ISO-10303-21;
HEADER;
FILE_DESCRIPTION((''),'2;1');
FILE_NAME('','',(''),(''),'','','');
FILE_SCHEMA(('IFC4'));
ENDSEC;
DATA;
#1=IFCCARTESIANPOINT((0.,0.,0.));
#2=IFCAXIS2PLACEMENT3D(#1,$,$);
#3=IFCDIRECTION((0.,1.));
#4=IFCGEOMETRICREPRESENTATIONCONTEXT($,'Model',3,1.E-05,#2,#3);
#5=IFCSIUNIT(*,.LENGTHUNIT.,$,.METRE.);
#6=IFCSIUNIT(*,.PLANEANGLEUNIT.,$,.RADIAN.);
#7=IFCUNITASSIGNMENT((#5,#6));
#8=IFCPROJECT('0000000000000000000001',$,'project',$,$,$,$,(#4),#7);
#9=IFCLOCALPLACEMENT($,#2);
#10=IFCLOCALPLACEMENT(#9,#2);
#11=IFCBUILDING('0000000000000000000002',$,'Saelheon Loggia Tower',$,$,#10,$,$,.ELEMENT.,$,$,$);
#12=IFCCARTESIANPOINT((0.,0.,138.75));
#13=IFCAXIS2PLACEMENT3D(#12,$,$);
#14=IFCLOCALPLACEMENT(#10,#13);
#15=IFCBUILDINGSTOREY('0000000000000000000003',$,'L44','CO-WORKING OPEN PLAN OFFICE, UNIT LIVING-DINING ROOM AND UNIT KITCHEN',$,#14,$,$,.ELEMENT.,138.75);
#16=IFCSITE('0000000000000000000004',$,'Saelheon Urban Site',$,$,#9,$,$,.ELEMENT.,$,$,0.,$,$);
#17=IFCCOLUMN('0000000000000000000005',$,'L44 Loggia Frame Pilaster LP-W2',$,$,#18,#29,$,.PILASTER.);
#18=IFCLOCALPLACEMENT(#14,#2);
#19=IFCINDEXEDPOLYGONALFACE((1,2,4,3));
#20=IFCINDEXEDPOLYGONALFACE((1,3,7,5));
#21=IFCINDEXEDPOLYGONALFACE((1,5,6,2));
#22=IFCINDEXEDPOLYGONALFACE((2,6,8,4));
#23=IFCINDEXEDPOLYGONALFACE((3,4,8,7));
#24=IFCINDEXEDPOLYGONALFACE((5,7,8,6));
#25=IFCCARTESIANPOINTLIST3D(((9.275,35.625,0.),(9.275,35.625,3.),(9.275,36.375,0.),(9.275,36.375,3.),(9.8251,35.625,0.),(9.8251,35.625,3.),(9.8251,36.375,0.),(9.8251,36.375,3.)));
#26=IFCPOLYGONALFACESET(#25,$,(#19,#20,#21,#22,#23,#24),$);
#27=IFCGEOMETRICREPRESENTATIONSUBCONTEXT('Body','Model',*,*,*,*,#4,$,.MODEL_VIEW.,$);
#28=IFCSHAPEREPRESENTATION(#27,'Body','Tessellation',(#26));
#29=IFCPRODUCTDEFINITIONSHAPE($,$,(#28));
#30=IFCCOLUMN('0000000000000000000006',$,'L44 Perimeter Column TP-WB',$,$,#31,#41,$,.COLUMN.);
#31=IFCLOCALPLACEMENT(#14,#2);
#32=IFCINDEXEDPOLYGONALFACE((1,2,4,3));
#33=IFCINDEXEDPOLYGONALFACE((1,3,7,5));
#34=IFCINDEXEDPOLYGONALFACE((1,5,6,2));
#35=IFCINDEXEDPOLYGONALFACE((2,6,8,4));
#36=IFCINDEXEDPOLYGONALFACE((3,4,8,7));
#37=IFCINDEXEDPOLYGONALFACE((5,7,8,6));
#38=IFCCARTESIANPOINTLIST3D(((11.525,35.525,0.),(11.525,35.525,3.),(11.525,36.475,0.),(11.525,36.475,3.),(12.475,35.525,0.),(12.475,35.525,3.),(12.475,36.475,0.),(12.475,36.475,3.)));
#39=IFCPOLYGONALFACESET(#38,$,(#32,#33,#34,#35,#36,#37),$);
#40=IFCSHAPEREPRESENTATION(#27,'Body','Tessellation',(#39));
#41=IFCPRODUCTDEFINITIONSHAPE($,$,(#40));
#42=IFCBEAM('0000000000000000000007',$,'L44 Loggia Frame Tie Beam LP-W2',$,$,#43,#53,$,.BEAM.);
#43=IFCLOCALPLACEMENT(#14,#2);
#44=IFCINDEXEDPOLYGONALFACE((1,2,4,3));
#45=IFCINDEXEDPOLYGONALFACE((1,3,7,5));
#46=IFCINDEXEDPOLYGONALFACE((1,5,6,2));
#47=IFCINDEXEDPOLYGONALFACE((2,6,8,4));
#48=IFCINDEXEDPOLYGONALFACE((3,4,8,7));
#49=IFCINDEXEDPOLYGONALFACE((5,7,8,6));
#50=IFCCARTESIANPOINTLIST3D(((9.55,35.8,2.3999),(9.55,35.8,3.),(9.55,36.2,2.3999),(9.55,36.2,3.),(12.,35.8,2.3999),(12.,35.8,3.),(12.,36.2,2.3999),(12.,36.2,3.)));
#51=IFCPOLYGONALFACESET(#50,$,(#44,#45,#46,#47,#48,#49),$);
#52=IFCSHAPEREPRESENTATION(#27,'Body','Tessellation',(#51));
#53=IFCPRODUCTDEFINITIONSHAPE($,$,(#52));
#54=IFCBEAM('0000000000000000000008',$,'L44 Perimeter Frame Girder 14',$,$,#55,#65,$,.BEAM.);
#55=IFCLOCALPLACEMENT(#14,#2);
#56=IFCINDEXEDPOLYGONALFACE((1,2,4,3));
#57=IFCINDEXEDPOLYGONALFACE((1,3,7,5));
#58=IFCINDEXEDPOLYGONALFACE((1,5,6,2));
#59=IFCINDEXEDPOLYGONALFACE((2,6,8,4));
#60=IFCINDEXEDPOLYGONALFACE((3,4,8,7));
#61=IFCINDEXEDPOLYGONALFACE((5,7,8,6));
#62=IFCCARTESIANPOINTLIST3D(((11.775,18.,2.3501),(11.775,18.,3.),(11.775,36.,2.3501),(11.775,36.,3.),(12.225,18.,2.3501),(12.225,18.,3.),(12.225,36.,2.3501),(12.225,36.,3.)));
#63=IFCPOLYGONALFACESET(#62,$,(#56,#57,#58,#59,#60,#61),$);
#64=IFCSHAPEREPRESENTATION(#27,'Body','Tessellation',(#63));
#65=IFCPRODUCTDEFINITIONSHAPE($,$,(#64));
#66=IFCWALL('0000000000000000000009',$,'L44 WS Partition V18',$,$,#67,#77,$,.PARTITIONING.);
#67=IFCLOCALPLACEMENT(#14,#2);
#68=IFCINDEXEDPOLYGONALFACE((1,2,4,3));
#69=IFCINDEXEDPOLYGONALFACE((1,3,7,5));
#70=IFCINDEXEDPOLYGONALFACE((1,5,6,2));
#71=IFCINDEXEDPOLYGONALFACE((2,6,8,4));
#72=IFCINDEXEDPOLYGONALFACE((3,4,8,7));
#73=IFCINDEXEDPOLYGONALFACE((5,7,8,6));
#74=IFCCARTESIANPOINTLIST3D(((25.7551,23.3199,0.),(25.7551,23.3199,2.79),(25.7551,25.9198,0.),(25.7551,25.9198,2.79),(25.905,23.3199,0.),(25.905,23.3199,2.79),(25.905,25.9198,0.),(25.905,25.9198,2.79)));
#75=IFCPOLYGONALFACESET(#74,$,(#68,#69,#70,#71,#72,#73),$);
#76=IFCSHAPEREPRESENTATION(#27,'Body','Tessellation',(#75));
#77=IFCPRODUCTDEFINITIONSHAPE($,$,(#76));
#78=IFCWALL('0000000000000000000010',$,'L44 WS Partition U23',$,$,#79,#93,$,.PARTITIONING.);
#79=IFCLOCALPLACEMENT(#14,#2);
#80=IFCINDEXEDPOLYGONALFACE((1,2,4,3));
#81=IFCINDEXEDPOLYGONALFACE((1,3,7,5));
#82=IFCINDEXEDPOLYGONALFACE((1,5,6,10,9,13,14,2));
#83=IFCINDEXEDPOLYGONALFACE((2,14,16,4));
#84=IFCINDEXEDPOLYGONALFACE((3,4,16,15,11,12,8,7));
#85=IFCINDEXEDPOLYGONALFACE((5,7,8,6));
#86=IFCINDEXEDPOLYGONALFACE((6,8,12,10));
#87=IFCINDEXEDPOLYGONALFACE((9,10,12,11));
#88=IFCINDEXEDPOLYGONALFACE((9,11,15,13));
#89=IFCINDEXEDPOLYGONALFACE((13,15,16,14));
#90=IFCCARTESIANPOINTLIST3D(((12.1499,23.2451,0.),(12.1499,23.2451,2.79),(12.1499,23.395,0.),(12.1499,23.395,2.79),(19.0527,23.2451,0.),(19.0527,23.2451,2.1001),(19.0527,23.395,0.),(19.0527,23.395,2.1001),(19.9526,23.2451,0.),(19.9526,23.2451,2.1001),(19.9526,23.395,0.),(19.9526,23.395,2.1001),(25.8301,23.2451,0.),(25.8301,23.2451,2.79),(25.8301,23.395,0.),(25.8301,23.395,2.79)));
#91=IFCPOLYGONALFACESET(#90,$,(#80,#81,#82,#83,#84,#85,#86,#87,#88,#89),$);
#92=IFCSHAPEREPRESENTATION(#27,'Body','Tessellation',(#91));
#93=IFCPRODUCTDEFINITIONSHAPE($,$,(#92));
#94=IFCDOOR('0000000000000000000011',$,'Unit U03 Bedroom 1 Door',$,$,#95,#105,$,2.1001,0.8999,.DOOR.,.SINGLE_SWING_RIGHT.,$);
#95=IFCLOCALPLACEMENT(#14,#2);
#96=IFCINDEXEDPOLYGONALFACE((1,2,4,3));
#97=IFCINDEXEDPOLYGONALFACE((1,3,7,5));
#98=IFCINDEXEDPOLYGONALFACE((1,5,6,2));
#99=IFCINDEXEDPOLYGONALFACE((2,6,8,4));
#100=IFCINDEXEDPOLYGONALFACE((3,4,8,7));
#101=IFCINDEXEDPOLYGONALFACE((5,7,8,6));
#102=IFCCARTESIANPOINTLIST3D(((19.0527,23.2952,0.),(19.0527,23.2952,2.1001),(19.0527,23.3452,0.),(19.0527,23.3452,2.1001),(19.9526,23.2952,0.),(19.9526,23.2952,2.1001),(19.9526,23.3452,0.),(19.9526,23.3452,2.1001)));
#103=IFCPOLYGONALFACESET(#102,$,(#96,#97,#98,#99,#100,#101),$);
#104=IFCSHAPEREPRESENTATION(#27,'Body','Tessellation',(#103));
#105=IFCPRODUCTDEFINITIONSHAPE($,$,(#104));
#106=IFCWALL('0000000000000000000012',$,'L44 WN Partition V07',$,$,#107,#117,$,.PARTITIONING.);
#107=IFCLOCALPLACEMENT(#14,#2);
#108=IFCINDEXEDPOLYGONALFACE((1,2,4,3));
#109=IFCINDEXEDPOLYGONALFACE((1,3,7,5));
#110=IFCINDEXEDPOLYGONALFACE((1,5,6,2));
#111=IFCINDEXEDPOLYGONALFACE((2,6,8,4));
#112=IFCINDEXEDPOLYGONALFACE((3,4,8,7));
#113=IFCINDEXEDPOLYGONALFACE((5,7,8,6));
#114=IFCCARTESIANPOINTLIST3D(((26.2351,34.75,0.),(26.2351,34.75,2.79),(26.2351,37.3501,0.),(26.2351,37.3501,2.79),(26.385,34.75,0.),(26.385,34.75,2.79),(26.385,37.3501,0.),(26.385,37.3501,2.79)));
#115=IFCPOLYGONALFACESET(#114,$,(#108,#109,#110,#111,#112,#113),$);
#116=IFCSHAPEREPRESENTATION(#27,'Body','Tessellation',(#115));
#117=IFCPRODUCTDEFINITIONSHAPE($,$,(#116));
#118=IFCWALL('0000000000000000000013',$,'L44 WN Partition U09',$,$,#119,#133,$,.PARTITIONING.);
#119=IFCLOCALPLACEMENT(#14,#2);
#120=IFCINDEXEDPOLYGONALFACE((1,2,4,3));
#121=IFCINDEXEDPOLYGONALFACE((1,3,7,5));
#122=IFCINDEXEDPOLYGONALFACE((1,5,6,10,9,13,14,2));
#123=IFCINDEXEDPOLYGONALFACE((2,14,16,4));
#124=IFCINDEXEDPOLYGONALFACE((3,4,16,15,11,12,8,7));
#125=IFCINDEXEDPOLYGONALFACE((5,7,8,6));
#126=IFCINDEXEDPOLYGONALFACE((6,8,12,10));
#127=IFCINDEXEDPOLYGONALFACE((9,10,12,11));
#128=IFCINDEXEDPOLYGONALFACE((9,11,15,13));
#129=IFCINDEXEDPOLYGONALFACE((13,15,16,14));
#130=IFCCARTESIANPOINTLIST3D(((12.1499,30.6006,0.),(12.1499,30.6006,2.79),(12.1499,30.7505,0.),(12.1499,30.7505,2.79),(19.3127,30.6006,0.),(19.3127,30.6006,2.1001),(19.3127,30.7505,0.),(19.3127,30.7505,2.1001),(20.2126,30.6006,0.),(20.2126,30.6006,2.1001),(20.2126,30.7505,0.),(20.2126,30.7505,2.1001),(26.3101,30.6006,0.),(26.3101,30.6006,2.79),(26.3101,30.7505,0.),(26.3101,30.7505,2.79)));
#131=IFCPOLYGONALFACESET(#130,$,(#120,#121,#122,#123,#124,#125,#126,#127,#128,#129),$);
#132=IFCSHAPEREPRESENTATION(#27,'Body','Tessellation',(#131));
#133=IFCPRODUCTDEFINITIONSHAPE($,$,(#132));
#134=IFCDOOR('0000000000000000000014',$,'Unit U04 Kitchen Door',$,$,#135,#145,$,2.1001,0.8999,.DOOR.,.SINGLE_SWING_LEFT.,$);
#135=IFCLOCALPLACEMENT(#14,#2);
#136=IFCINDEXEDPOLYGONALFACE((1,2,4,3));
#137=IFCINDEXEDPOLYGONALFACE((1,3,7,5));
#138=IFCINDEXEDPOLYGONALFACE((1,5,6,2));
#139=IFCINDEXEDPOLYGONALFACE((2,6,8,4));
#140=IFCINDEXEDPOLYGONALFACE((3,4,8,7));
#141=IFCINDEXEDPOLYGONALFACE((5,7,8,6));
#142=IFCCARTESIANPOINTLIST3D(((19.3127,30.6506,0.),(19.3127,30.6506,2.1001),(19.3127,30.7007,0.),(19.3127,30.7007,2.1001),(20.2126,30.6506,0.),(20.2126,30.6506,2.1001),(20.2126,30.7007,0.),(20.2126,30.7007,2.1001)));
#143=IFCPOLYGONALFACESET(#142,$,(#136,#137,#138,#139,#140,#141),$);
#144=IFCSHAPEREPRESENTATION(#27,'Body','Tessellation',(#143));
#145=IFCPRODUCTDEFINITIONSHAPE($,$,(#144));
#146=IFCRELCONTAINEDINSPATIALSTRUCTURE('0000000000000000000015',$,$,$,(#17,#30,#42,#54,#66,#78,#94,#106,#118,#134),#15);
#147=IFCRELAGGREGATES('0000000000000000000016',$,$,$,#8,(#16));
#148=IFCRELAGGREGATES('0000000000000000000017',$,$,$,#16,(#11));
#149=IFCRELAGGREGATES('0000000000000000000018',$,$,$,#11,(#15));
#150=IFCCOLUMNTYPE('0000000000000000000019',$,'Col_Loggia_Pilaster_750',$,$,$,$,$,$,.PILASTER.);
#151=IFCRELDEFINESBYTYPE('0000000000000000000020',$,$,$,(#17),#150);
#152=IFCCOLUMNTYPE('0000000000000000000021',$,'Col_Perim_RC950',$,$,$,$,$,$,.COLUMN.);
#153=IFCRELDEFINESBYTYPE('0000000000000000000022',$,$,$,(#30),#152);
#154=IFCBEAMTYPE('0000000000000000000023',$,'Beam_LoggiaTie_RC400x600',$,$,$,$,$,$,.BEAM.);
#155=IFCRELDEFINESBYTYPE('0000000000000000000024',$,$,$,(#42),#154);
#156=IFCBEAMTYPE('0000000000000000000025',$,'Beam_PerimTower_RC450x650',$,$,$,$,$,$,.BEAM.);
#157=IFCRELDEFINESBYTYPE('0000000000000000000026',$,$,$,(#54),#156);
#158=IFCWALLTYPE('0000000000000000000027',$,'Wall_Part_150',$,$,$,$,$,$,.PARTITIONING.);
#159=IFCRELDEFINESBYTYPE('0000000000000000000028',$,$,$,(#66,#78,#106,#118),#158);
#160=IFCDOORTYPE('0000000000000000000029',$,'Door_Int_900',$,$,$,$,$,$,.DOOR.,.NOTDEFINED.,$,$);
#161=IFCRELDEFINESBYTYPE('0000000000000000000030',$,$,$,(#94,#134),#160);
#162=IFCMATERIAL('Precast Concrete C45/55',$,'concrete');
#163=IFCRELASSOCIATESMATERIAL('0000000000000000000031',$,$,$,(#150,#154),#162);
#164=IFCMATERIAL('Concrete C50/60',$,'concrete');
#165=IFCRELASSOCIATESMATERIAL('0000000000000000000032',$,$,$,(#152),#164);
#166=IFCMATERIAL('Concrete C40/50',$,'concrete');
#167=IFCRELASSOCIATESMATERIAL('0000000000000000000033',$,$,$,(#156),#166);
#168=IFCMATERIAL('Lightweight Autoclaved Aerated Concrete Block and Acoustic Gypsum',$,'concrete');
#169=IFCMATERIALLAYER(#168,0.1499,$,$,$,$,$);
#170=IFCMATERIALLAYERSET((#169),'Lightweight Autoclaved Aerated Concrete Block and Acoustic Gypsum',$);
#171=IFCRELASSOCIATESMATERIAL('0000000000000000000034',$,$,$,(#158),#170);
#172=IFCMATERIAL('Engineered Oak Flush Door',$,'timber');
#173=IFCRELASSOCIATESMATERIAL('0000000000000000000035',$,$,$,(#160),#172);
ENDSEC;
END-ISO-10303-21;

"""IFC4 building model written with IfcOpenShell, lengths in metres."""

from ifc_helpers import new_model, si_unit, direction, frame, frame_2d, origin, origin_2d, place, context, subcontext, project, spatial, rectangle, extrude, source, transform, mapped, material, layer, layer_set, material_profile, profile_set, type_object, element, fill, save


model = new_model("IFC4")

# Units and contexts
model_context = context("Model", 3, precision=1e-05, world=origin(), true_north=direction((0.0, 1.0)))
body_context = subcontext(model_context, "Body", "Model", "MODEL_VIEW")
ifc_project = project(units=[si_unit("LENGTHUNIT", "METRE"), si_unit("PLANEANGLEUNIT", "RADIAN")], contexts=[model_context])

# Site, building, storey
site_placement = place(None, origin())
site = spatial("IfcSite", under=ifc_project, at=site_placement, Name="Saelheon Urban Site", CompositionType="ELEMENT", RefElevation=0.0)
building_placement = place(site_placement, origin())
building = spatial("IfcBuilding", under=site, at=building_placement, Name="Saelheon Loggia Tower", CompositionType="ELEMENT")
storey_placement = place(building_placement, frame((0.0, 0.0, 138.75)))
storey = spatial("IfcBuildingStorey", under=building, at=storey_placement, Name="L44", Description="CO-WORKING OPEN PLAN OFFICE, UNIT LIVING-DINING ROOM AND UNIT KITCHEN", CompositionType="ELEMENT", Elevation=138.75)

# Columns
ifc_material_1 = material(Name="Precast Concrete C45/55", Category="concrete")
ifc_material_profile_1 = material_profile(ifc_material_1, rectangle(XDim=0.55, YDim=0.75, at=origin_2d()), Name="RC-550x750")
ifc_profile_set_1 = profile_set([ifc_material_profile_1], Name="Precast Concrete C45/55")
column_type_1 = type_object("IfcColumnType", Name="Col_Loggia_Pilaster_750", PredefinedType="PILASTER", material=ifc_profile_set_1)
shared_shape_1 = source(origin(), body_context, "Body", "SweptSolid", [
    extrude(rectangle(XDim=0.55, YDim=0.75, at=origin_2d()), origin(), (0.0, 0.0, 1.0), 3.0),
])
column_1_placement = place(storey_placement, frame((9.55, 36.0, 0.0), z_axis=(0.0, 0.0, 1.0), x_axis=(1.0, 0.0, 0.0)))
element("IfcColumn", 1, at=column_1_placement, inside=storey, type_object=column_type_1, Name="L44 Loggia Frame Pilaster LP-W2", PredefinedType="PILASTER", context=body_context, shape_type="MappedRepresentation", body=[
    mapped(shared_shape_1, transform((0.0, 0.0, 0.0), scale=1.0)),
])
ifc_material_2 = material(Name="Concrete C50/60", Category="concrete")
ifc_material_profile_2 = material_profile(ifc_material_2, rectangle(XDim=0.95, YDim=0.95, at=origin_2d()), Name="RC-950x950")
ifc_profile_set_2 = profile_set([ifc_material_profile_2], Name="Concrete C50/60")
column_type_2 = type_object("IfcColumnType", Name="Col_Perim_RC950", PredefinedType="COLUMN", material=ifc_profile_set_2)
shared_shape_2 = source(origin(), body_context, "Body", "SweptSolid", [
    extrude(rectangle(XDim=0.95, YDim=0.95, at=origin_2d()), origin(), (0.0, 0.0, 1.0), 3.0),
])
column_2_placement = place(storey_placement, frame((12.0, 36.0, 0.0), z_axis=(0.0, 0.0, 1.0), x_axis=(1.0, 0.0, 0.0)))
element("IfcColumn", 2, at=column_2_placement, inside=storey, type_object=column_type_2, Name="L44 Perimeter Column TP-WB", PredefinedType="COLUMN", context=body_context, shape_type="MappedRepresentation", body=[
    mapped(shared_shape_2, transform((0.0, 0.0, 0.0), scale=1.0)),
])

# Beams
ifc_material_profile_3 = material_profile(ifc_material_1, rectangle(XDim=0.3999, YDim=0.6001, at=origin_2d()), Name="RC-400x600")
ifc_profile_set_3 = profile_set([ifc_material_profile_3], Name="Precast Concrete C45/55")
beam_type_1 = type_object("IfcBeamType", Name="Beam_LoggiaTie_RC400x600", PredefinedType="BEAM", material=ifc_profile_set_3)
shared_shape_3 = source(origin(), body_context, "Body", "SweptSolid", [
    extrude(rectangle(XDim=0.3999, YDim=0.6001, at=origin_2d()), origin(), (0.0, 0.0, 1.0), 2.45),
])
beam_1_placement = place(storey_placement, frame((12.0, 36.0, 2.7), z_axis=(-1.0, 0.0, 0.0), x_axis=(0.0, -1.0, 0.0)))
element("IfcBeam", 3, at=beam_1_placement, inside=storey, type_object=beam_type_1, Name="L44 Loggia Frame Tie Beam LP-W2", PredefinedType="BEAM", context=body_context, shape_type="MappedRepresentation", body=[
    mapped(shared_shape_3, transform((0.0, 0.0, 0.0), scale=1.0)),
])
ifc_material_3 = material(Name="Concrete C40/50", Category="concrete")
ifc_material_profile_4 = material_profile(ifc_material_3, rectangle(XDim=0.45, YDim=0.6499, at=origin_2d()), Name="RC-450x650")
ifc_profile_set_4 = profile_set([ifc_material_profile_4], Name="Concrete C40/50")
beam_type_2 = type_object("IfcBeamType", Name="Beam_PerimTower_RC450x650", PredefinedType="BEAM", material=ifc_profile_set_4)
shared_shape_4 = source(origin(), body_context, "Body", "SweptSolid", [
    extrude(rectangle(XDim=0.45, YDim=0.6499, at=origin_2d()), origin(), (0.0, 0.0, 1.0), 18.0),
])
beam_2_placement = place(storey_placement, frame((12.0, 36.0, 2.675), z_axis=(0.0, -1.0, 0.0), x_axis=(1.0, 0.0, 0.0)))
element("IfcBeam", 4, at=beam_2_placement, inside=storey, type_object=beam_type_2, Name="L44 Perimeter Frame Girder 14", PredefinedType="BEAM", context=body_context, shape_type="MappedRepresentation", body=[
    mapped(shared_shape_4, transform((0.0, 0.0, 0.0), scale=1.0)),
])

# Wall
ifc_material_4 = material(Name="Lightweight Autoclaved Aerated Concrete Block and Acoustic Gypsum", Category="concrete")
ifc_layer_1 = layer(ifc_material_4, 0.1499)
ifc_layer_set_1 = layer_set([ifc_layer_1], Name="Lightweight Autoclaved Aerated Concrete Block and Acoustic Gypsum")
wall_type_1 = type_object("IfcWallType", Name="Wall_Part_150", PredefinedType="PARTITIONING", material=ifc_layer_set_1)
wall_1_placement = place(storey_placement, frame((25.8301, 23.3201, 0.0), z_axis=(0.0, 0.0, 1.0), x_axis=(0.0, 1.0, 0.0)))
element("IfcWall", 5, at=wall_1_placement, inside=storey, type_object=wall_type_1, Name="L44 WS Partition V18", PredefinedType="PARTITIONING", context=body_context, shape_type="SweptSolid", body=[
    extrude(rectangle(XDim=2.5999, YDim=0.1499, at=frame_2d((1.2998, 0.0))), origin(), (0.0, 0.0, 1.0), 2.79),
])

# Wall, opening, door
wall_2_placement = place(storey_placement, frame((25.8301, 23.3201, 0.0), z_axis=(0.0, 0.0, 1.0), x_axis=(-1.0, 0.0, 0.0)))
wall_2 = element("IfcWall", 6, at=wall_2_placement, inside=storey, type_object=wall_type_1, Name="L44 WS Partition U23", PredefinedType="PARTITIONING", context=body_context, shape_type="SweptSolid", body=[
    extrude(rectangle(XDim=13.6802, YDim=0.1499, at=frame_2d((6.8401, 0.0))), origin(), (0.0, 0.0, 1.0), 2.79),
])
opening_1_placement = place(wall_2_placement, frame((5.8774, 0.0, 0.0)))
opening_1 = element("IfcOpeningElement", 7, at=opening_1_placement, cuts=wall_2, PredefinedType="OPENING", context=body_context, shape_type="SweptSolid", body=[
    extrude(rectangle(XDim=0.8999, YDim=2.1001, at=frame_2d((0.45, 1.05))), frame((0.0, 0.0869, 0.0), z_axis=(0.0, -1.0, 0.0), x_axis=(1.0, 0.0, 0.0)), (0.0, 0.0, 1.0), 0.1738),
])
ifc_material_5 = material(Name="Engineered Oak Flush Door", Category="timber")
door_type_1 = type_object("IfcDoorType", Name="Door_Int_900", OperationType="NOTDEFINED", PredefinedType="DOOR", material=ifc_material_5)
shared_shape_5 = source(origin(), body_context, "Body", "SweptSolid", [
    extrude(rectangle(XDim=0.8999, YDim=2.1001, at=frame_2d((0.45, 1.05))), frame((0.0, 0.0249, 0.0), z_axis=(0.0, -1.0, 0.0), x_axis=(1.0, 0.0, 0.0)), (0.0, 0.0, 1.0), 0.05),
])
door_1_placement = place(opening_1_placement, origin())
door_1 = element("IfcDoor", 8, at=door_1_placement, inside=storey, type_object=door_type_1, Name="Unit U03 Bedroom 1 Door", OperationType="SINGLE_SWING_RIGHT", OverallHeight=2.1001, OverallWidth=0.8999, PredefinedType="DOOR", context=body_context, shape_type="MappedRepresentation", body=[
    mapped(shared_shape_5, transform((0.0, 0.0, 0.0), scale=1.0)),
])
fill(opening_1, door_1)

# Wall
wall_3_placement = place(storey_placement, frame((26.3101, 34.75, 0.0), z_axis=(0.0, 0.0, 1.0), x_axis=(0.0, 1.0, 0.0)))
element("IfcWall", 9, at=wall_3_placement, inside=storey, type_object=wall_type_1, Name="L44 WN Partition V07", PredefinedType="PARTITIONING", context=body_context, shape_type="SweptSolid", body=[
    extrude(rectangle(XDim=2.6001, YDim=0.1499, at=frame_2d((1.3, 0.0))), origin(), (0.0, 0.0, 1.0), 2.79),
])

# Wall, opening, door
wall_4_placement = place(storey_placement, frame((26.3101, 30.6755, 0.0), z_axis=(0.0, 0.0, 1.0), x_axis=(-1.0, 0.0, 0.0)))
wall_4 = element("IfcWall", 10, at=wall_4_placement, inside=storey, type_object=wall_type_1, Name="L44 WN Partition U09", PredefinedType="PARTITIONING", context=body_context, shape_type="SweptSolid", body=[
    extrude(rectangle(XDim=14.1602, YDim=0.1499, at=frame_2d((7.0801, 0.0))), origin(), (0.0, 0.0, 1.0), 2.79),
])
opening_2_placement = place(wall_4_placement, frame((6.0974, 0.0, 0.0)))
opening_2 = element("IfcOpeningElement", 11, at=opening_2_placement, cuts=wall_4, PredefinedType="OPENING", context=body_context, shape_type="SweptSolid", body=[
    extrude(rectangle(XDim=0.8999, YDim=2.1001, at=frame_2d((0.45, 1.05))), frame((0.0, 0.0869, 0.0), z_axis=(0.0, -1.0, 0.0), x_axis=(1.0, 0.0, 0.0)), (0.0, 0.0, 1.0), 0.1738),
])
door_2_placement = place(opening_2_placement, origin())
door_2 = element("IfcDoor", 12, at=door_2_placement, inside=storey, type_object=door_type_1, Name="Unit U04 Kitchen Door", OperationType="SINGLE_SWING_LEFT", OverallHeight=2.1001, OverallWidth=0.8999, PredefinedType="DOOR", context=body_context, shape_type="MappedRepresentation", body=[
    mapped(shared_shape_5, transform((0.0, 0.0, 0.0), scale=1.0)),
])
fill(opening_2, door_2)

save(model, "model.ifc")
